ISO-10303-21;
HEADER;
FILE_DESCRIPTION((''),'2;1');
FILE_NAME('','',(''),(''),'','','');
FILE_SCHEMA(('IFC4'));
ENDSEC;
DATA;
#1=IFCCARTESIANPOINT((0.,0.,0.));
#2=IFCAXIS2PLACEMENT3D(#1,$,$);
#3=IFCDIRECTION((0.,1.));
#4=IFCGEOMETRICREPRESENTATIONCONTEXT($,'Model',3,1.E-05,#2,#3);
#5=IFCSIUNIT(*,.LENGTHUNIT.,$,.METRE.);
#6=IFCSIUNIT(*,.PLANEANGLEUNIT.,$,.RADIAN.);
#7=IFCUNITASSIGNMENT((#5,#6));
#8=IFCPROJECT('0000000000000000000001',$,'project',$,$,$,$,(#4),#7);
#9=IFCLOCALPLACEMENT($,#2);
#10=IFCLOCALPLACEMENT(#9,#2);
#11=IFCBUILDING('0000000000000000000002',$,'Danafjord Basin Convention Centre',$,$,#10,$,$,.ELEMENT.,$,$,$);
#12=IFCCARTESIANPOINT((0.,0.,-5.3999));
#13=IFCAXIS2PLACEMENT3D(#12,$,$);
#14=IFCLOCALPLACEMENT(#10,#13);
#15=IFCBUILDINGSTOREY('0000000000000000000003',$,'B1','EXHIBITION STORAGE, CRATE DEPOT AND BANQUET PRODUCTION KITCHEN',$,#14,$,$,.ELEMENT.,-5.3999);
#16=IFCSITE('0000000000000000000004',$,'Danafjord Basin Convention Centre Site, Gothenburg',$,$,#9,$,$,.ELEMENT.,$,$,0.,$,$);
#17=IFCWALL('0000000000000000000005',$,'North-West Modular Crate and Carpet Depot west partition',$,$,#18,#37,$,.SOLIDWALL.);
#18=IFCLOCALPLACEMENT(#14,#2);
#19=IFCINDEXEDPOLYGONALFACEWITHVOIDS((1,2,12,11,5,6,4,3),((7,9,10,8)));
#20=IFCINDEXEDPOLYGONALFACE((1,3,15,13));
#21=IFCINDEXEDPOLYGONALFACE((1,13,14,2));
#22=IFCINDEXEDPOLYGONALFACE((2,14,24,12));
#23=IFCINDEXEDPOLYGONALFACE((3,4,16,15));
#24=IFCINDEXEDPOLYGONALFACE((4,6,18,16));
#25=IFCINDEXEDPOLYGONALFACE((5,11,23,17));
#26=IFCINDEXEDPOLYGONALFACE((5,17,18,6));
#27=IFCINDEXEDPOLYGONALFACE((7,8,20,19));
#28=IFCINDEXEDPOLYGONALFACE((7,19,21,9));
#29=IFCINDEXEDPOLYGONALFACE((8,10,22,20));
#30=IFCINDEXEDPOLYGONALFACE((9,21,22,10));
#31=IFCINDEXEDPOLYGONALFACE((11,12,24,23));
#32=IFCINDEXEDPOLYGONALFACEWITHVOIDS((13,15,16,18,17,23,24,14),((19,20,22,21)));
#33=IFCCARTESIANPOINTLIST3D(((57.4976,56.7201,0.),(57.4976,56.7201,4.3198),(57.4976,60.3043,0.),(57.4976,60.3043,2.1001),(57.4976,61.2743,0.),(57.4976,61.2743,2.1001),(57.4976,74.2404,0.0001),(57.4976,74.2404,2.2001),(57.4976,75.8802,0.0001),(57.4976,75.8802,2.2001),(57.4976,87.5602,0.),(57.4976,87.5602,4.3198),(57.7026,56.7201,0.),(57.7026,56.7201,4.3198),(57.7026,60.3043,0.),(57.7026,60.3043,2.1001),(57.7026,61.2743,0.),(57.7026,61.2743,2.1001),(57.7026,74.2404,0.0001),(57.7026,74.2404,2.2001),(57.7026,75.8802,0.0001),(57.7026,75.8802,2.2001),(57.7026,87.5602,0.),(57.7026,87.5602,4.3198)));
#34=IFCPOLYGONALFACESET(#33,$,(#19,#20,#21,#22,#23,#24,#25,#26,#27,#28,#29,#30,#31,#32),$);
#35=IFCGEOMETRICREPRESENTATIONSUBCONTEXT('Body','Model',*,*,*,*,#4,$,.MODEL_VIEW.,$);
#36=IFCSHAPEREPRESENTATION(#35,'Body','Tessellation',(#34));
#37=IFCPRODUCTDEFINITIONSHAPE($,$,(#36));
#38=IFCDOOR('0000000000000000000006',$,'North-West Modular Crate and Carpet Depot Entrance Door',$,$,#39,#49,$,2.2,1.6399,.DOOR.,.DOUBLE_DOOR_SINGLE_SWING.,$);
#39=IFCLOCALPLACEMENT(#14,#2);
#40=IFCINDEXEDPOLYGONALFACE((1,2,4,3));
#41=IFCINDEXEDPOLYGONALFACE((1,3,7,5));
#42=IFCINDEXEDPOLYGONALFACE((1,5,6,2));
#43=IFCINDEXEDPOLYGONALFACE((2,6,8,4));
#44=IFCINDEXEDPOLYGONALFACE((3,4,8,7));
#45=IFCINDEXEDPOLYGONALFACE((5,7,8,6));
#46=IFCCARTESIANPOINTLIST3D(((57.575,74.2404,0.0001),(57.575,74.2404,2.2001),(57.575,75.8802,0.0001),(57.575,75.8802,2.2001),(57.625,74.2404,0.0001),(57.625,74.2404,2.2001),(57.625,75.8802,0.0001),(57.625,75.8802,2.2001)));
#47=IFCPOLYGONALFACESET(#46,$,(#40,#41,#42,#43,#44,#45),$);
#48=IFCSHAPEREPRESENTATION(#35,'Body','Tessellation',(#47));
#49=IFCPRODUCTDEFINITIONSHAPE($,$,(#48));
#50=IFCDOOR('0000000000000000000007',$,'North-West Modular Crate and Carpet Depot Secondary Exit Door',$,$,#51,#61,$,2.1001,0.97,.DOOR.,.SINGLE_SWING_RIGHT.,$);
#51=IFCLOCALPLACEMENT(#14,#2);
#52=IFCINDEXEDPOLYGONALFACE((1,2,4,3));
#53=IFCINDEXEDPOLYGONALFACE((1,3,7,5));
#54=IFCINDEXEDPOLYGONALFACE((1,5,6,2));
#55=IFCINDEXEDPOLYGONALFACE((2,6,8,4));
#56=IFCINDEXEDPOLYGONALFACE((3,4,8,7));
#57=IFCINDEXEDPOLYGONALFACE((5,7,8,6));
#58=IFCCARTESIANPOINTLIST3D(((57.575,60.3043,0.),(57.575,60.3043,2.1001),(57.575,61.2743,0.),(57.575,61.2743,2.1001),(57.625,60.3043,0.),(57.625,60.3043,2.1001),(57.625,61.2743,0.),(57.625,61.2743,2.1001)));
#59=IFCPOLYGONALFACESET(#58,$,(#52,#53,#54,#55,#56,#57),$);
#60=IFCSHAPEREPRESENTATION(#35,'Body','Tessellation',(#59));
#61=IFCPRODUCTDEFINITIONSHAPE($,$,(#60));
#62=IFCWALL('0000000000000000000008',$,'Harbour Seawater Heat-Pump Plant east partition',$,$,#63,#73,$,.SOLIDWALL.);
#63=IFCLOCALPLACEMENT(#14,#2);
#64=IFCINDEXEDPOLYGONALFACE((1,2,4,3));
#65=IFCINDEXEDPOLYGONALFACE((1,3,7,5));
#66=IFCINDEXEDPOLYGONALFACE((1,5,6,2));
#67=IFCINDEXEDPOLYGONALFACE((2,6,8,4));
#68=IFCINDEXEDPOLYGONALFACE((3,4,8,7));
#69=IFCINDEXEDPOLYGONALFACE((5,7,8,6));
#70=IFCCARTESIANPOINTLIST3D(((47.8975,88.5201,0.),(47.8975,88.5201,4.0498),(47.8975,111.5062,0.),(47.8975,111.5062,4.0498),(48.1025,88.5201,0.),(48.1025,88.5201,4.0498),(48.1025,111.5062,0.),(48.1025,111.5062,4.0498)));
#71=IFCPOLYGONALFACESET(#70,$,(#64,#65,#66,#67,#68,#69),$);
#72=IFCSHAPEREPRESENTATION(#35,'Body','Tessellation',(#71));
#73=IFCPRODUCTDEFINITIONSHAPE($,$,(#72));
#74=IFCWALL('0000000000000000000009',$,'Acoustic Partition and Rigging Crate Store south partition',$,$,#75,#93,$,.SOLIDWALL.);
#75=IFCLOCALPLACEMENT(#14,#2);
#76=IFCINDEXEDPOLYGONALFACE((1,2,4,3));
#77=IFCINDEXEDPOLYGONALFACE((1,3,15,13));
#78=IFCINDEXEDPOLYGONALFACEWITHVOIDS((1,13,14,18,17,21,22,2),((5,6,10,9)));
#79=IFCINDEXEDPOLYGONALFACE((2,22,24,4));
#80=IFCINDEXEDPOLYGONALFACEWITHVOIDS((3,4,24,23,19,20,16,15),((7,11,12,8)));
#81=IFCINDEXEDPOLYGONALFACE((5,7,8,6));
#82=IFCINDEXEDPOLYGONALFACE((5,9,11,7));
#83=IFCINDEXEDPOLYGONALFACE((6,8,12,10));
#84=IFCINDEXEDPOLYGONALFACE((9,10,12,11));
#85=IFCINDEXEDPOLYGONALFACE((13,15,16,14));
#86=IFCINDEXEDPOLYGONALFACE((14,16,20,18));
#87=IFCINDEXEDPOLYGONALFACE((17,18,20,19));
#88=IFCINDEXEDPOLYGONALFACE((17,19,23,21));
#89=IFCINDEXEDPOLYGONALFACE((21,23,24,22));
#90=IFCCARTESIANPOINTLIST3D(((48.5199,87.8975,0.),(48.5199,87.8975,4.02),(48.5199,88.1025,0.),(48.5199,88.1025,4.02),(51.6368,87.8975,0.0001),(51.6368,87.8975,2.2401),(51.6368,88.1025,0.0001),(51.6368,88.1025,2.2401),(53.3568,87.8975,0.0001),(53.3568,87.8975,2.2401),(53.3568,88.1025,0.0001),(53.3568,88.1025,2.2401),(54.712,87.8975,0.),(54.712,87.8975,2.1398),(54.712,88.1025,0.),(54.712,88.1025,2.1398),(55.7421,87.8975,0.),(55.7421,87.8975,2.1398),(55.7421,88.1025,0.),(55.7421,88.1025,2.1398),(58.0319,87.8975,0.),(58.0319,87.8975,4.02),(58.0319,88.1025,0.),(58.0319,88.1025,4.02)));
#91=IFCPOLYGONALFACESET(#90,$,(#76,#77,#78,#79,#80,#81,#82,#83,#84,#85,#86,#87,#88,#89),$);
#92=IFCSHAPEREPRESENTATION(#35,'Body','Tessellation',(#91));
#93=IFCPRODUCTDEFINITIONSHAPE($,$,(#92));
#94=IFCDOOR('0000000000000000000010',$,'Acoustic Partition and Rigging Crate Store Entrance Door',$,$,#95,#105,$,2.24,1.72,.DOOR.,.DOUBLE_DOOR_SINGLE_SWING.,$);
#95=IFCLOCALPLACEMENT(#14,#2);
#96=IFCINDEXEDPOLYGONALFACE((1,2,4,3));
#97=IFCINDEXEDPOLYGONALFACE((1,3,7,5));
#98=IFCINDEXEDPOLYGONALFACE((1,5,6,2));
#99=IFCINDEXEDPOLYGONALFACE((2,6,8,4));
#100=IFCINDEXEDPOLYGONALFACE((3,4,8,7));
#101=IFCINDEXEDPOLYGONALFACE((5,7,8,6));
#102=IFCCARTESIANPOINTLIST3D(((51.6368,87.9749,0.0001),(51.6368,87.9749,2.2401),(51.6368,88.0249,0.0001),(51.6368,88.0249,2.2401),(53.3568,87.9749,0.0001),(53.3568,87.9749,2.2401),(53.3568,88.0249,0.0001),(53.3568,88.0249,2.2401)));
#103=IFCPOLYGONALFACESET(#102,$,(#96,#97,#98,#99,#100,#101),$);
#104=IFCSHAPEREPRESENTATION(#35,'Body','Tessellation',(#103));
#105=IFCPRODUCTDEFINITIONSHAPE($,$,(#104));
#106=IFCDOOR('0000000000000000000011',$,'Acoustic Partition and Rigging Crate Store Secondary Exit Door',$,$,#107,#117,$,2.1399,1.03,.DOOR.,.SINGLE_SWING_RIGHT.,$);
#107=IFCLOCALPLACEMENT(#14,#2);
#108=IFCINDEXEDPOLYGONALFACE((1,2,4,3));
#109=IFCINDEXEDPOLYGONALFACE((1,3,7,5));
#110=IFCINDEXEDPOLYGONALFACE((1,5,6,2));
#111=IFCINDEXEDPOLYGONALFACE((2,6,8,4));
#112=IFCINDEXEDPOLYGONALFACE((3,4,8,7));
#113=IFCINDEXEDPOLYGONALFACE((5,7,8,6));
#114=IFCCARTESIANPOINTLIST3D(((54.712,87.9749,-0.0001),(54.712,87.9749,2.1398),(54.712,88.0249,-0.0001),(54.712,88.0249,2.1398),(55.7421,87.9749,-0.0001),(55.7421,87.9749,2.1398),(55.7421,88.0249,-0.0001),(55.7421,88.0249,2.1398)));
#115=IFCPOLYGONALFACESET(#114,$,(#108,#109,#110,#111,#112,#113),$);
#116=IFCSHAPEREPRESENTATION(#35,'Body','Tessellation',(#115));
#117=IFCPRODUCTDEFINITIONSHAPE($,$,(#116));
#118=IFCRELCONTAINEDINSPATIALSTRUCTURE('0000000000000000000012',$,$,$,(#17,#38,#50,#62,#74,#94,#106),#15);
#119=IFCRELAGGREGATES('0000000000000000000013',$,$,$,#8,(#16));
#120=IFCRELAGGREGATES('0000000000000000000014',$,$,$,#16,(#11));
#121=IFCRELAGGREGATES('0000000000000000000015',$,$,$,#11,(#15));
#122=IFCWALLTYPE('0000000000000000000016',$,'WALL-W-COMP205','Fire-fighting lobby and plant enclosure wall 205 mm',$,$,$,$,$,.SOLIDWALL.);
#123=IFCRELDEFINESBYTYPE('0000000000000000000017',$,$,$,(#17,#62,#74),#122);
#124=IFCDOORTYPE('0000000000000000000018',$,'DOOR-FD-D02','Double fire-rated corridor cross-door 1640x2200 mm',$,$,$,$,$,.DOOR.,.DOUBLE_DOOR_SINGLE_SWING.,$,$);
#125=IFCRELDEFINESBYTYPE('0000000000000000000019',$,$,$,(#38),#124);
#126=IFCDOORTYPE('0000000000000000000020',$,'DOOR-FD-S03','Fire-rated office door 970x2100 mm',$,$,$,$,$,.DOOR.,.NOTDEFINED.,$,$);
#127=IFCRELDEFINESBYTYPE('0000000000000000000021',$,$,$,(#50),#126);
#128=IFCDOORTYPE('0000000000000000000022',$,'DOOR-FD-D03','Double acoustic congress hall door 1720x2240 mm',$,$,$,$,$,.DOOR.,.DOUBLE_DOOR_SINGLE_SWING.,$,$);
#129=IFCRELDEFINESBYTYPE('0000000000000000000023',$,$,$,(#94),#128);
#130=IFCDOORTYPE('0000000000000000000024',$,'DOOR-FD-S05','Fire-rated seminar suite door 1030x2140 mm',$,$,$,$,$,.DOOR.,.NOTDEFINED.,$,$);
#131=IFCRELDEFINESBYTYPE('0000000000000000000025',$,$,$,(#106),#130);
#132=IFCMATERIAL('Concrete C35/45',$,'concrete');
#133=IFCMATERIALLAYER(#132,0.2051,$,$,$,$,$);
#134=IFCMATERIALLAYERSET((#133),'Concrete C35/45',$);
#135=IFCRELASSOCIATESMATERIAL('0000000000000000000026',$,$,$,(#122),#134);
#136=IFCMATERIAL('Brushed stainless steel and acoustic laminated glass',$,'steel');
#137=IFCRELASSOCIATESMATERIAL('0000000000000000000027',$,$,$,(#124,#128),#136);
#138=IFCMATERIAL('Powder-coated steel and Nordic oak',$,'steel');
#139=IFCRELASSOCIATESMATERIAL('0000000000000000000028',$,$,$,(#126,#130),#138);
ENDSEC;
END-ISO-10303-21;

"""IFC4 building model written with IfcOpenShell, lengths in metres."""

from ifc_helpers import new_model, si_unit, direction, frame, frame_2d, origin, place, context, subcontext, project, spatial, rectangle, extrude, material, layer, layer_set, type_object, element, fill, save


model = new_model("IFC4")

# Units and contexts
model_context = context("Model", 3, precision=1e-05, world=origin(), true_north=direction((0.0, 1.0)))
body_context = subcontext(model_context, "Body", "Model", "MODEL_VIEW")
ifc_project = project(units=[si_unit("LENGTHUNIT", "METRE"), si_unit("PLANEANGLEUNIT", "RADIAN")], contexts=[model_context])

# Site, building, storey
site_placement = place(None, origin())
site = spatial("IfcSite", under=ifc_project, at=site_placement, Name="Danafjord Basin Convention Centre Site, Gothenburg", CompositionType="ELEMENT", RefElevation=0.0)
building_placement = place(site_placement, origin())
building = spatial("IfcBuilding", under=site, at=building_placement, Name="Danafjord Basin Convention Centre", CompositionType="ELEMENT")
storey_placement = place(building_placement, frame((0.0, 0.0, -5.3999)))
storey = spatial("IfcBuildingStorey", under=building, at=storey_placement, Name="B1", Description="EXHIBITION STORAGE, CRATE DEPOT AND BANQUET PRODUCTION KITCHEN", CompositionType="ELEMENT", Elevation=-5.3999)

# Shared definitions
ifc_material_1 = material(Name="Concrete C35/45", Category="concrete")

# Wall, openings, doors
ifc_layer_1 = layer(ifc_material_1, 0.2051)
ifc_layer_set_1 = layer_set([ifc_layer_1], Name="Concrete C35/45")
wall_type = type_object("IfcWallType", Name="WALL-W-COMP205", Description="Fire-fighting lobby and plant enclosure wall 205 mm", PredefinedType="SOLIDWALL", material=ifc_layer_set_1)
wall_1_placement = place(storey_placement, frame((57.6001, 87.5601, 0.0), z_axis=(0.0, 0.0, 1.0), x_axis=(0.0, -1.0, 0.0)))
wall_1 = element("IfcWall", 1, at=wall_1_placement, inside=storey, type_object=wall_type, Name="North-West Modular Crate and Carpet Depot west partition", PredefinedType="SOLIDWALL", context=body_context, shape_type="SweptSolid", body=[
    extrude(rectangle(XDim=30.8401, YDim=0.2051, at=frame_2d((15.4199, 0.0))), origin(), (0.0, 0.0, 1.0), 4.3198),
])
opening_1_placement = place(wall_1_placement, frame((11.6799, 0.0, 0.0)))
opening_1 = element("IfcOpeningElement", 2, at=opening_1_placement, cuts=wall_1, PredefinedType="OPENING", context=body_context, shape_type="SweptSolid", body=[
    extrude(rectangle(XDim=1.6399, YDim=2.2, at=frame_2d((0.8198, 1.1001))), frame((0.0, 0.1125, 0.0), z_axis=(0.0, -1.0, 0.0), x_axis=(1.0, 0.0, 0.0)), (0.0, 0.0, 1.0), 0.2251),
])
opening_2_placement = place(wall_1_placement, frame((26.2859, 0.0, 0.0)))
opening_2 = element("IfcOpeningElement", 3, at=opening_2_placement, cuts=wall_1, PredefinedType="OPENING", context=body_context, shape_type="SweptSolid", body=[
    extrude(rectangle(XDim=0.97, YDim=2.1001, at=frame_2d((0.4849, 1.05))), frame((0.0, 0.1125, 0.0), z_axis=(0.0, -1.0, 0.0), x_axis=(1.0, 0.0, 0.0)), (0.0, 0.0, 1.0), 0.2251),
])
ifc_material_2 = material(Name="Brushed stainless steel and acoustic laminated glass", Category="steel")
door_type_1 = type_object("IfcDoorType", Name="DOOR-FD-D02", Description="Double fire-rated corridor cross-door 1640x2200 mm", OperationType="DOUBLE_DOOR_SINGLE_SWING", PredefinedType="DOOR", material=ifc_material_2)
door_1_placement = place(opening_1_placement, origin())
door_1 = element("IfcDoor", 4, at=door_1_placement, inside=storey, type_object=door_type_1, Name="North-West Modular Crate and Carpet Depot Entrance Door", OperationType="DOUBLE_DOOR_SINGLE_SWING", OverallHeight=2.2, OverallWidth=1.6399, PredefinedType="DOOR", context=body_context, shape_type="SweptSolid", body=[
    extrude(rectangle(XDim=1.6399, YDim=2.2, at=frame_2d((0.8198, 1.1001))), frame((0.0, 0.0249, 0.0), z_axis=(0.0, -1.0, 0.0), x_axis=(1.0, 0.0, 0.0)), (0.0, 0.0, 1.0), 0.05),
])
fill(opening_1, door_1)
ifc_material_3 = material(Name="Powder-coated steel and Nordic oak", Category="steel")
door_type_2 = type_object("IfcDoorType", Name="DOOR-FD-S03", Description="Fire-rated office door 970x2100 mm", OperationType="NOTDEFINED", PredefinedType="DOOR", material=ifc_material_3)
door_2_placement = place(opening_2_placement, origin())
door_2 = element("IfcDoor", 5, at=door_2_placement, inside=storey, type_object=door_type_2, Name="North-West Modular Crate and Carpet Depot Secondary Exit Door", OperationType="SINGLE_SWING_RIGHT", OverallHeight=2.1001, OverallWidth=0.97, PredefinedType="DOOR", context=body_context, shape_type="SweptSolid", body=[
    extrude(rectangle(XDim=0.97, YDim=2.1001, at=frame_2d((0.4849, 1.05))), frame((0.0, 0.0249, 0.0), z_axis=(0.0, -1.0, 0.0), x_axis=(1.0, 0.0, 0.0)), (0.0, 0.0, 1.0), 0.05),
])
fill(opening_2, door_2)

# Wall
wall_2_placement = place(storey_placement, frame((48.0, 88.52, 0.0), z_axis=(0.0, 0.0, 1.0), x_axis=(0.0, 1.0, 0.0)))
element("IfcWall", 6, at=wall_2_placement, inside=storey, type_object=wall_type, Name="Harbour Seawater Heat-Pump Plant east partition", PredefinedType="SOLIDWALL", context=body_context, shape_type="SweptSolid", body=[
    extrude(rectangle(XDim=22.9861, YDim=0.2051, at=frame_2d((11.4932, 0.0))), origin(), (0.0, 0.0, 1.0), 4.0498),
])

# Wall, openings, doors
wall_3_placement = place(storey_placement, frame((48.52, 88.0, 0.0), z_axis=(0.0, 0.0, 1.0), x_axis=(1.0, 0.0, 0.0)))
wall_3 = element("IfcWall", 7, at=wall_3_placement, inside=storey, type_object=wall_type, Name="Acoustic Partition and Rigging Crate Store south partition", PredefinedType="SOLIDWALL", context=body_context, shape_type="SweptSolid", body=[
    extrude(rectangle(XDim=9.512, YDim=0.2051, at=frame_2d((4.7559, 0.0))), origin(), (0.0, 0.0, 1.0), 4.02),
])
opening_3_placement = place(wall_3_placement, frame((3.1169, 0.0, 0.0)))
opening_3 = element("IfcOpeningElement", 8, at=opening_3_placement, cuts=wall_3, PredefinedType="OPENING", context=body_context, shape_type="SweptSolid", body=[
    extrude(rectangle(XDim=1.72, YDim=2.24, at=frame_2d((0.8599, 1.1201))), frame((0.0, 0.1125, 0.0), z_axis=(0.0, -1.0, 0.0), x_axis=(1.0, 0.0, 0.0)), (0.0, 0.0, 1.0), 0.2251),
])
opening_4_placement = place(wall_3_placement, frame((6.1919, 0.0, 0.0)))
opening_4 = element("IfcOpeningElement", 9, at=opening_4_placement, cuts=wall_3, PredefinedType="OPENING", context=body_context, shape_type="SweptSolid", body=[
    extrude(rectangle(XDim=1.03, YDim=2.1399, at=frame_2d((0.5151, 1.0698))), frame((0.0, 0.1125, 0.0), z_axis=(0.0, -1.0, 0.0), x_axis=(1.0, 0.0, 0.0)), (0.0, 0.0, 1.0), 0.2251),
])
door_type_3 = type_object("IfcDoorType", Name="DOOR-FD-D03", Description="Double acoustic congress hall door 1720x2240 mm", OperationType="DOUBLE_DOOR_SINGLE_SWING", PredefinedType="DOOR", material=ifc_material_2)
door_3_placement = place(opening_3_placement, origin())
door_3 = element("IfcDoor", 10, at=door_3_placement, inside=storey, type_object=door_type_3, Name="Acoustic Partition and Rigging Crate Store Entrance Door", OperationType="DOUBLE_DOOR_SINGLE_SWING", OverallHeight=2.24, OverallWidth=1.72, PredefinedType="DOOR", context=body_context, shape_type="SweptSolid", body=[
    extrude(rectangle(XDim=1.72, YDim=2.24, at=frame_2d((0.8599, 1.1201))), frame((0.0, 0.0249, 0.0), z_axis=(0.0, -1.0, 0.0), x_axis=(1.0, 0.0, 0.0)), (0.0, 0.0, 1.0), 0.05),
])
fill(opening_3, door_3)
door_type_4 = type_object("IfcDoorType", Name="DOOR-FD-S05", Description="Fire-rated seminar suite door 1030x2140 mm", OperationType="NOTDEFINED", PredefinedType="DOOR", material=ifc_material_3)
door_4_placement = place(opening_4_placement, origin())
door_4 = element("IfcDoor", 11, at=door_4_placement, inside=storey, type_object=door_type_4, Name="Acoustic Partition and Rigging Crate Store Secondary Exit Door", OperationType="SINGLE_SWING_RIGHT", OverallHeight=2.1399, OverallWidth=1.03, PredefinedType="DOOR", context=body_context, shape_type="SweptSolid", body=[
    extrude(rectangle(XDim=1.03, YDim=2.1399, at=frame_2d((0.5151, 1.0698))), frame((0.0, 0.0249, 0.0), z_axis=(0.0, -1.0, 0.0), x_axis=(1.0, 0.0, 0.0)), (0.0, 0.0, 1.0), 0.05),
])
fill(opening_4, door_4)

save(model, "model.ifc")
